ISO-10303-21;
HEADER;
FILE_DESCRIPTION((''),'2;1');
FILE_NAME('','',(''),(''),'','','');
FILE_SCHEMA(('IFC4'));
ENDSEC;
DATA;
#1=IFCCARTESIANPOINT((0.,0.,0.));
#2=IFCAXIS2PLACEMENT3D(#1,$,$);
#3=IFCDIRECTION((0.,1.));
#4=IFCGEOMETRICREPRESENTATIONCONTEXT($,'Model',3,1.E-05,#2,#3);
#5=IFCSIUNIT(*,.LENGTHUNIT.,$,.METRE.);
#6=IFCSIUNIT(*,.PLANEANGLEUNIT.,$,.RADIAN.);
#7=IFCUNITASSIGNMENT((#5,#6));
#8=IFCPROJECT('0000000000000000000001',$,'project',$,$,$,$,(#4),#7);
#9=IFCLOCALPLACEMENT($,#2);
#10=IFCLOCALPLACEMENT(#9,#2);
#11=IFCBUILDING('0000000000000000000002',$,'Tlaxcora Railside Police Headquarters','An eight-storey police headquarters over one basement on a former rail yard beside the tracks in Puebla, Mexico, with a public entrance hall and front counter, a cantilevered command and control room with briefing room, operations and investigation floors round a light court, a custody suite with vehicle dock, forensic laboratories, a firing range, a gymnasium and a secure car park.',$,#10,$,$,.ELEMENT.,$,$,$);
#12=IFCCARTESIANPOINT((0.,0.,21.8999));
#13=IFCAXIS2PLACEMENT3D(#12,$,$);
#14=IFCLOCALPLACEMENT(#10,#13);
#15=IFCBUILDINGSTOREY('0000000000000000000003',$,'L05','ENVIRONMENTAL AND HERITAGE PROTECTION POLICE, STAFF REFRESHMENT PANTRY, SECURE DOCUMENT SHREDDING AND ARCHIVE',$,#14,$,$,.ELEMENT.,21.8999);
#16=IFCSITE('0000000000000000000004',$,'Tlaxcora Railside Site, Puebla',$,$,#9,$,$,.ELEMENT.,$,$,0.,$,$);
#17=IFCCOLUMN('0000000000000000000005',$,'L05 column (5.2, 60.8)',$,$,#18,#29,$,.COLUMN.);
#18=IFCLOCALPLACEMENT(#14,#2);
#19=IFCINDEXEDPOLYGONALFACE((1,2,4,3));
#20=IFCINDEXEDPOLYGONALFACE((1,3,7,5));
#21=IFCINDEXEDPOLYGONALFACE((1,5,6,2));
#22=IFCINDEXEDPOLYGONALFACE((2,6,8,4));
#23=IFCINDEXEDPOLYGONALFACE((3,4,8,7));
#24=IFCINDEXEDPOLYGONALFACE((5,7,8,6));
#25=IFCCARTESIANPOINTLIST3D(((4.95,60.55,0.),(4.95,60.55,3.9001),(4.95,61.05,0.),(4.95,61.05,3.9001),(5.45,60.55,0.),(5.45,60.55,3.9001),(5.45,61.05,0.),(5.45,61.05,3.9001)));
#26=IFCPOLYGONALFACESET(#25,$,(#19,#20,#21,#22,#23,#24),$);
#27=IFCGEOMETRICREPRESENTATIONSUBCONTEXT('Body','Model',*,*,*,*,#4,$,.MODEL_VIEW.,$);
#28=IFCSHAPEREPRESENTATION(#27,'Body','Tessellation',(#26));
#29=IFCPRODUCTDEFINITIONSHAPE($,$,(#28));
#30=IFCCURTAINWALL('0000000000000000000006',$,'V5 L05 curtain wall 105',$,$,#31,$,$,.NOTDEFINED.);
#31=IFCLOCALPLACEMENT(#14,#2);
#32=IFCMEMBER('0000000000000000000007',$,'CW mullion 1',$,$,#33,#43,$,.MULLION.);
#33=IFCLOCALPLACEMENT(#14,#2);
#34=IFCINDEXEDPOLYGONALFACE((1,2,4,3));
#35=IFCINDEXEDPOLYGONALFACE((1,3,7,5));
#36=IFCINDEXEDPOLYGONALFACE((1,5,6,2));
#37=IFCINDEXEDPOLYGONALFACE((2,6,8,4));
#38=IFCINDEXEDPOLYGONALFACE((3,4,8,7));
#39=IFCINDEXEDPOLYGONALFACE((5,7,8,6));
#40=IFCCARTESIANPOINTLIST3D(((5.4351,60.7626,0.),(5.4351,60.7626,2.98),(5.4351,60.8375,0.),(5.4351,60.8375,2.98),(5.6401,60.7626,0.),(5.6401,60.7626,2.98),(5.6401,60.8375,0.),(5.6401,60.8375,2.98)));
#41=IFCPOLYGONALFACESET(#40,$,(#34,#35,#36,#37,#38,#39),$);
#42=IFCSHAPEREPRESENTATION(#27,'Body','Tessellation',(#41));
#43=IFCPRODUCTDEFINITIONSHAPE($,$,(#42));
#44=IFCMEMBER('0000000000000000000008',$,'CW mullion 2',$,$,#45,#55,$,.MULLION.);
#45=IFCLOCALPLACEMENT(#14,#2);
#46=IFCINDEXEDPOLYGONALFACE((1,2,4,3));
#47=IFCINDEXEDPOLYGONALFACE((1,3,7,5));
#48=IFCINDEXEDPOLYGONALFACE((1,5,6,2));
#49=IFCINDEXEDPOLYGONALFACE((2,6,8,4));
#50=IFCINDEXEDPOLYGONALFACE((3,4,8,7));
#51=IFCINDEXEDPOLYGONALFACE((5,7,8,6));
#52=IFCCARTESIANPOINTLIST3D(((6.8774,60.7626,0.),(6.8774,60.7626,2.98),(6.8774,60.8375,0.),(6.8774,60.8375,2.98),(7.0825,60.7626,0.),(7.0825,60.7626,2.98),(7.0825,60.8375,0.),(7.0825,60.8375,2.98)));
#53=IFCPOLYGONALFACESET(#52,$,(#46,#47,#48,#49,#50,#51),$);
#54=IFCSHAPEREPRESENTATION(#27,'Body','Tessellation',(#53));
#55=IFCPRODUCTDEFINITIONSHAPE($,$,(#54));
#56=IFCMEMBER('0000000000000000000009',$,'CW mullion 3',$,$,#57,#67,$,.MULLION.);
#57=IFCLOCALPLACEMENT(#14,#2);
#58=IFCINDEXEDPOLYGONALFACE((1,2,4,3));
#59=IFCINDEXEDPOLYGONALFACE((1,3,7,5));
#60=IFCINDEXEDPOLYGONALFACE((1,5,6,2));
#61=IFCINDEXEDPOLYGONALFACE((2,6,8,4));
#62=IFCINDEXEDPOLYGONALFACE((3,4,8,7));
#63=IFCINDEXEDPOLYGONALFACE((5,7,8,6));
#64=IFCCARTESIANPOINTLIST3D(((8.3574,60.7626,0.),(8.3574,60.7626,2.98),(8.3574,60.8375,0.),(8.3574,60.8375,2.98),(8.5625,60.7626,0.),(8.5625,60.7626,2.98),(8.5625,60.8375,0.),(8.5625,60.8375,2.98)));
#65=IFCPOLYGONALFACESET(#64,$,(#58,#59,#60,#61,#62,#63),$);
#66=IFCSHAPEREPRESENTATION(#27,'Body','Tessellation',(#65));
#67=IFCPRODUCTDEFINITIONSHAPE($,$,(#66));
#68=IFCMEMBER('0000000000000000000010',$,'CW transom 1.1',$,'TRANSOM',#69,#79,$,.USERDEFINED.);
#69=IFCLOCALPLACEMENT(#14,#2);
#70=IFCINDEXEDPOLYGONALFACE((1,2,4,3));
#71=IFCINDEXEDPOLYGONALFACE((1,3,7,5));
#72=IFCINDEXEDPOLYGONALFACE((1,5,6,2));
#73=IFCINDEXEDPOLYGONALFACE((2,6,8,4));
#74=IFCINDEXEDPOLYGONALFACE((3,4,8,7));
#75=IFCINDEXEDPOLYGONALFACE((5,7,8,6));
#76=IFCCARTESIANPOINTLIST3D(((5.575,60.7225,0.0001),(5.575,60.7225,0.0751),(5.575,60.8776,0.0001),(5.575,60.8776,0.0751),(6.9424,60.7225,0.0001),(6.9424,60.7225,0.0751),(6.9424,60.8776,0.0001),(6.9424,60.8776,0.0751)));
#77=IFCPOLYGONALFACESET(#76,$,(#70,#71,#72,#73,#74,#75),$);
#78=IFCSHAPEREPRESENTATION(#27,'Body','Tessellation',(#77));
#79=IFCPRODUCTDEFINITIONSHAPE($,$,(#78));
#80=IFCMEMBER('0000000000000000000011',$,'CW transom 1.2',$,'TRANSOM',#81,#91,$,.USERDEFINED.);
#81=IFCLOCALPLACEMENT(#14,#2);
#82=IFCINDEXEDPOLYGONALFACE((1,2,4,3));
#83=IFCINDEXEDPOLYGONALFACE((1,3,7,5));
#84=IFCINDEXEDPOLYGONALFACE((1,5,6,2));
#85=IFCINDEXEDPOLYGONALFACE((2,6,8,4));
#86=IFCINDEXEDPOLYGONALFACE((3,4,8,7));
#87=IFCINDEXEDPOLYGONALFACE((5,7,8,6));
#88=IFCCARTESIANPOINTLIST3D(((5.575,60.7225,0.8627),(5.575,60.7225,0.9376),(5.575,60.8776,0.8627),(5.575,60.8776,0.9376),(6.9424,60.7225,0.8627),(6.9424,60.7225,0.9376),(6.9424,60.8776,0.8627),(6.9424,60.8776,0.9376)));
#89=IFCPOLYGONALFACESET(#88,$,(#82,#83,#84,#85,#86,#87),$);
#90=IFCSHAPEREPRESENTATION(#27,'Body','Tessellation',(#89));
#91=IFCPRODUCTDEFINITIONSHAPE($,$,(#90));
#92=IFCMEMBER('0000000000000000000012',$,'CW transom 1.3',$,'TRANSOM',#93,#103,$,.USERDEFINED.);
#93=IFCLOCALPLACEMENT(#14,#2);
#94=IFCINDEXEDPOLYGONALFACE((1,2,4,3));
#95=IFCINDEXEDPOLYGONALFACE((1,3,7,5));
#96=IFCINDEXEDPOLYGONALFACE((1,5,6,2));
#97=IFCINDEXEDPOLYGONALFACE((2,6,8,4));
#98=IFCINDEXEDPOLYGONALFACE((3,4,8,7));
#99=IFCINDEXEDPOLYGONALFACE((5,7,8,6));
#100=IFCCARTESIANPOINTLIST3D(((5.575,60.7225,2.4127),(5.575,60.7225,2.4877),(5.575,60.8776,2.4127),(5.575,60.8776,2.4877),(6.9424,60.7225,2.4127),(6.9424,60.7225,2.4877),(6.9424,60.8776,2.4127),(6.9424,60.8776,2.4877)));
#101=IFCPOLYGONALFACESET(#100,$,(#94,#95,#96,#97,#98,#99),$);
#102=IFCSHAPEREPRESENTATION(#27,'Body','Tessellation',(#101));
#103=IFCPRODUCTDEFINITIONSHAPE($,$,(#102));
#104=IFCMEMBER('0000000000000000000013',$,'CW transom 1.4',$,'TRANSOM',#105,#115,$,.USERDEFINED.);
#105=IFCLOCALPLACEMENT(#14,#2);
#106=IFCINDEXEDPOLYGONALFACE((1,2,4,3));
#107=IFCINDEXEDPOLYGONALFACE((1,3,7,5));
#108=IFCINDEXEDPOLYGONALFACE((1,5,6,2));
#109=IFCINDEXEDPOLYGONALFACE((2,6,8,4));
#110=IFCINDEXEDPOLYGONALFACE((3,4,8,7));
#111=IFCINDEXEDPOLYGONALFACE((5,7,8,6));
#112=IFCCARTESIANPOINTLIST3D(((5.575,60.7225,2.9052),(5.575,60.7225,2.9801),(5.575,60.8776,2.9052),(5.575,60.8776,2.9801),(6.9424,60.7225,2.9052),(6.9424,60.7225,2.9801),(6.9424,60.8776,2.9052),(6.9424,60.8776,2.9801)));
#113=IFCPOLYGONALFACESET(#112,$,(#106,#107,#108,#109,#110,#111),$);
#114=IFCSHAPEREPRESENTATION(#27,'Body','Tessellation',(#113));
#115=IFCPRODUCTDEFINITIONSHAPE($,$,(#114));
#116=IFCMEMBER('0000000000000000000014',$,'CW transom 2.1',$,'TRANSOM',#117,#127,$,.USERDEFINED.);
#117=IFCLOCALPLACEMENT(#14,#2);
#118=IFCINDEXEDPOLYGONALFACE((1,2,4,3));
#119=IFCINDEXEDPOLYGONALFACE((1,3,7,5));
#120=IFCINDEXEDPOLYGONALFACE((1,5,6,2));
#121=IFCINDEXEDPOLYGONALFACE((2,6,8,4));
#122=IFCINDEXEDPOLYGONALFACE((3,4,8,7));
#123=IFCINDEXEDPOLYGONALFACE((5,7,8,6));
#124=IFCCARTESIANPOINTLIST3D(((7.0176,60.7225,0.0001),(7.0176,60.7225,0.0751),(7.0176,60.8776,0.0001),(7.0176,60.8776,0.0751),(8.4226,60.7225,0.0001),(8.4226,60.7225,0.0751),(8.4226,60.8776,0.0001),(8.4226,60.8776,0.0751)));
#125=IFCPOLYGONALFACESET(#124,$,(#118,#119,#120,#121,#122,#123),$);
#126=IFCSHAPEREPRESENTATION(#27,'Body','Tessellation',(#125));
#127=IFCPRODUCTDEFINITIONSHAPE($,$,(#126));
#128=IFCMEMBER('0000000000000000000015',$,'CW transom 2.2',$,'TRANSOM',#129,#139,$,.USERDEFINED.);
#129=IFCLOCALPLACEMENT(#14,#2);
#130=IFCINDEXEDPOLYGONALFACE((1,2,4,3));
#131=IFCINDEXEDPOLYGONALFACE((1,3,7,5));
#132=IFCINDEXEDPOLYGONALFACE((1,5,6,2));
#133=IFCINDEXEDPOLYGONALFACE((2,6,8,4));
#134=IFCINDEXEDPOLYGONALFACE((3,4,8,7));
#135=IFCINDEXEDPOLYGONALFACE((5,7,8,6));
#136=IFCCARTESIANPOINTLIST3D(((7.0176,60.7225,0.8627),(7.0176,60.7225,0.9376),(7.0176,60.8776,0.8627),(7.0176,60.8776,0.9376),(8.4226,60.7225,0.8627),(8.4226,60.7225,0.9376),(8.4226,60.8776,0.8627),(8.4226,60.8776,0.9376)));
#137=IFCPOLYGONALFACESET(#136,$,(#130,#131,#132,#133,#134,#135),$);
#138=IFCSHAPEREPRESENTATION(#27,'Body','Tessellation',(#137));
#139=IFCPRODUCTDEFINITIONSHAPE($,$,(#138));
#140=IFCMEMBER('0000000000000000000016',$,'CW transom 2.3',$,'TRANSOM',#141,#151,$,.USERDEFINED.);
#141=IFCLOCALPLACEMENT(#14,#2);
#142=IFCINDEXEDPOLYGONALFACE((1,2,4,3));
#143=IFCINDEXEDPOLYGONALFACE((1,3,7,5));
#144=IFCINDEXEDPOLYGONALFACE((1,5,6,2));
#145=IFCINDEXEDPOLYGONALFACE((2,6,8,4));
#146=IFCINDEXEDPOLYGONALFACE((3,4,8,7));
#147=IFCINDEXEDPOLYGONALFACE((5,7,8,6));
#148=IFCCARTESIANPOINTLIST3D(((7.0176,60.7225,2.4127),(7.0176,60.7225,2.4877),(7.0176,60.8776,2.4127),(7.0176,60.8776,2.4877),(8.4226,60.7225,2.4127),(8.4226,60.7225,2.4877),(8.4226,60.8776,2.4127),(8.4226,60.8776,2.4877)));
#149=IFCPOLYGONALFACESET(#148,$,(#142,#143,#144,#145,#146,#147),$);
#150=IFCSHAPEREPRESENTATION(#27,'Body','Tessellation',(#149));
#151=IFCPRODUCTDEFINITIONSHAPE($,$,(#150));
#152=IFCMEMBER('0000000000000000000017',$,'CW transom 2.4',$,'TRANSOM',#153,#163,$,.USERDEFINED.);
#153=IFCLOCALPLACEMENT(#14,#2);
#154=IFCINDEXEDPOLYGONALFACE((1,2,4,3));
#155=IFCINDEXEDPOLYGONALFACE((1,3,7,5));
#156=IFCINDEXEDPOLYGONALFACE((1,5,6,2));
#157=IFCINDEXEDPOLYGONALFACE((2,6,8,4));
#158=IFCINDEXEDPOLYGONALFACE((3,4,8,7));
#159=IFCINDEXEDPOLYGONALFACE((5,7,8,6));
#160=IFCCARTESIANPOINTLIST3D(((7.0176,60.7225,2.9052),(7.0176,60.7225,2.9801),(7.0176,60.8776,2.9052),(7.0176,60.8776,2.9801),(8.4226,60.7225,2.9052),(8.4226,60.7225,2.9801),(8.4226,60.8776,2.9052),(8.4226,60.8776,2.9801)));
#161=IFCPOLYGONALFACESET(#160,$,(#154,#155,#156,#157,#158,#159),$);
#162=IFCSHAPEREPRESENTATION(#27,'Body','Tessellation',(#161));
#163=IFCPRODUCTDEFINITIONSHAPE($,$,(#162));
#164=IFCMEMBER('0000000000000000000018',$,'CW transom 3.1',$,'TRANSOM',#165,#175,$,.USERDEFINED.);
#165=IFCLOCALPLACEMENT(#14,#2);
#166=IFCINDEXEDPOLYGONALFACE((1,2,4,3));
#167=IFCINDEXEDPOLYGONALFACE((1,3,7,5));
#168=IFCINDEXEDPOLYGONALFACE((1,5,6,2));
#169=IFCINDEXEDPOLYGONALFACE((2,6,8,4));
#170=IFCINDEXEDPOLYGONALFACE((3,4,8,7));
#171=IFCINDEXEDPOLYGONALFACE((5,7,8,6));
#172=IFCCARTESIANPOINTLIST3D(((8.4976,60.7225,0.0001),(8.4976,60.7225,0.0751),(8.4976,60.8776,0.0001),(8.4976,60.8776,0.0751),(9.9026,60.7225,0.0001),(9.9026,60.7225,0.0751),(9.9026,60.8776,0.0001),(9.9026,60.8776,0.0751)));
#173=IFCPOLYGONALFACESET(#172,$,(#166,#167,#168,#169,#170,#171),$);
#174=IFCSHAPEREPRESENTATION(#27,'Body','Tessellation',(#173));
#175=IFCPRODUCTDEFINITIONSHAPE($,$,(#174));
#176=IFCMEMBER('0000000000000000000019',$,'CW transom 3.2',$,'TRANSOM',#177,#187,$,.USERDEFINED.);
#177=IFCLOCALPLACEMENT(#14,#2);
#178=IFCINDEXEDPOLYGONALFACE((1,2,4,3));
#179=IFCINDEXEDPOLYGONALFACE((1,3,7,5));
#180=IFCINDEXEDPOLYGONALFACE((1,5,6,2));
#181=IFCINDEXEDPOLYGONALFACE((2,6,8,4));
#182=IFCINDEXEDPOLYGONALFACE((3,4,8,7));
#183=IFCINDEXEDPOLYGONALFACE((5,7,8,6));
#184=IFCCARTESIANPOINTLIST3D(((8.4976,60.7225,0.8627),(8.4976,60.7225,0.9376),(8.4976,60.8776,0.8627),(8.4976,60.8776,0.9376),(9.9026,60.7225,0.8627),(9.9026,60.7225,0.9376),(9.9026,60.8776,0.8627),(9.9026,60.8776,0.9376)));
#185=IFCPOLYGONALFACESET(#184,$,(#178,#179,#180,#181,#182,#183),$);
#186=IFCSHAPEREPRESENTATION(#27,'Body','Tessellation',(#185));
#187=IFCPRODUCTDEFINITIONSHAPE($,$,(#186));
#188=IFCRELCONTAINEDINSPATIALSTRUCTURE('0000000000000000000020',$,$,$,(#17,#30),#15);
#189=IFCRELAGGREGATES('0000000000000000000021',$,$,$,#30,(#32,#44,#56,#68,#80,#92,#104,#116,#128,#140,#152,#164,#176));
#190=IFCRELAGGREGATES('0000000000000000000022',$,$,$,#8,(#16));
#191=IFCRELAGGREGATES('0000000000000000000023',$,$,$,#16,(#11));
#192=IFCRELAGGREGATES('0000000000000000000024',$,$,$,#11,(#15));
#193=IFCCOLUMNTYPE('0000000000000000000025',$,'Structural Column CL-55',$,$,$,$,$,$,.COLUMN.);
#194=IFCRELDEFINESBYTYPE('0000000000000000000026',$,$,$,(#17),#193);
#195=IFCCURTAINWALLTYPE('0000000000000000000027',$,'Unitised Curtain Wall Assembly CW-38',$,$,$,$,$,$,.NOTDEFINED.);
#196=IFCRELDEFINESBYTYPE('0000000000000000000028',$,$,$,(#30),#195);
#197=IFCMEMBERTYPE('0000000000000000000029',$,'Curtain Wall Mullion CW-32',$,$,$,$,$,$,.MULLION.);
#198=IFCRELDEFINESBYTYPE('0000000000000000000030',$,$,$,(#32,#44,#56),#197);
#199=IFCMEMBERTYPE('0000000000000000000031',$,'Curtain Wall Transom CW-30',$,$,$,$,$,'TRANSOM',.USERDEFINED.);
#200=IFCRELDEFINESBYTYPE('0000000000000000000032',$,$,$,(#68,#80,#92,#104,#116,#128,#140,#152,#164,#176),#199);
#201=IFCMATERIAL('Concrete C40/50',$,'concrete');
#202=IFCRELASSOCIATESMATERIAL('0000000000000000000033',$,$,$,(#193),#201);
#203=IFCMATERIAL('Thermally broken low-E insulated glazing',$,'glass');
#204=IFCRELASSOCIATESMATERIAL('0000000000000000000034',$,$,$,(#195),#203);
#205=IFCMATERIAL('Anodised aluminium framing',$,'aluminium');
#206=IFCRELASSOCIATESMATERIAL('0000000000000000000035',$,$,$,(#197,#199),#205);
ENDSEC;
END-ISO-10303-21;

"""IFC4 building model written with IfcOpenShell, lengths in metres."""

from ifc_helpers import new_model, si_unit, direction, frame, origin, origin_2d, place, context, subcontext, project, spatial, rectangle, extrude, material, material_profile, profile_set, type_object, element, aggregate, save


model = new_model("IFC4")

# Units and contexts
model_context = context("Model", 3, precision=1e-05, world=origin(), true_north=direction((0.0, 1.0)))
body_context = subcontext(model_context, "Body", "Model", "MODEL_VIEW")
ifc_project = project(units=[si_unit("LENGTHUNIT", "METRE"), si_unit("PLANEANGLEUNIT", "RADIAN")], contexts=[model_context])

# Site, building, storey
site_placement = place(None, origin())
site = spatial("IfcSite", under=ifc_project, at=site_placement, Name="Tlaxcora Railside Site, Puebla", CompositionType="ELEMENT", RefElevation=0.0)
building_placement = place(site_placement, origin())
building = spatial("IfcBuilding", under=site, at=building_placement, Name="Tlaxcora Railside Police Headquarters", Description="An eight-storey police headquarters over one basement on a former rail yard beside the tracks in Puebla, Mexico, with a public entrance hall and front counter, a cantilevered command and control room with briefing room, operations and investigation floors round a light court, a custody suite with vehicle dock, forensic laboratories, a firing range, a gymnasium and a secure car park.", CompositionType="ELEMENT")
storey_placement = place(building_placement, frame((0.0, 0.0, 21.8999)))
storey = spatial("IfcBuildingStorey", under=building, at=storey_placement, Name="L05", Description="ENVIRONMENTAL AND HERITAGE PROTECTION POLICE, STAFF REFRESHMENT PANTRY, SECURE DOCUMENT SHREDDING AND ARCHIVE", CompositionType="ELEMENT", Elevation=21.8999)

# Column
ifc_material_1 = material(Name="Concrete C40/50", Category="concrete")
ifc_material_profile_1 = material_profile(ifc_material_1, rectangle(XDim=0.5, YDim=0.5, at=origin_2d()), Name="RC500X500")
ifc_profile_set_1 = profile_set([ifc_material_profile_1], Name="Concrete C40/50")
column_type = type_object("IfcColumnType", Name="Structural Column CL-55", PredefinedType="COLUMN", material=ifc_profile_set_1)
column_placement = place(storey_placement, frame((5.2, 60.8, 0.0), z_axis=(0.0, 0.0, 1.0), x_axis=(1.0, 0.0, 0.0)))
element("IfcColumn", 1, at=column_placement, inside=storey, type_object=column_type, Name="L05 column (5.2, 60.8)", PredefinedType="COLUMN", context=body_context, shape_type="SweptSolid", body=[
    extrude(rectangle(XDim=0.5, YDim=0.5, at=origin_2d()), origin(), (0.0, 0.0, 1.0), 3.9001),
])

# Curtain wall, members
ifc_material_2 = material(Name="Thermally broken low-E insulated glazing", Category="glass")
curtain_wall_type = type_object("IfcCurtainWallType", Name="Unitised Curtain Wall Assembly CW-38", PredefinedType="NOTDEFINED", material=ifc_material_2)
curtain_wall_placement = place(storey_placement, origin())
curtain_wall = element("IfcCurtainWall", 2, at=curtain_wall_placement, inside=storey, type_object=curtain_wall_type, Name="V5 L05 curtain wall 105", PredefinedType="NOTDEFINED")
ifc_material_3 = material(Name="Anodised aluminium framing", Category="aluminium")
ifc_material_profile_2 = material_profile(ifc_material_3, rectangle(XDim=0.075, YDim=0.2051, at=origin_2d()), Name="AL75X205")
ifc_profile_set_2 = profile_set([ifc_material_profile_2], Name="Anodised aluminium framing")
member_type_1 = type_object("IfcMemberType", Name="Curtain Wall Mullion CW-32", PredefinedType="MULLION", material=ifc_profile_set_2)
member_1_placement = place(storey_placement, frame((5.5376, 60.8, 0.0), z_axis=(0.0, 0.0, 1.0), x_axis=(0.0, 1.0, 0.0)))
member_1 = element("IfcMember", 3, at=member_1_placement, type_object=member_type_1, Name="CW mullion 1", PredefinedType="MULLION", context=body_context, shape_type="SweptSolid", body=[
    extrude(rectangle(XDim=0.075, YDim=0.2051, at=origin_2d()), origin(), (0.0, 0.0, 1.0), 2.98),
])
member_2_placement = place(storey_placement, frame((6.98, 60.8, 0.0), z_axis=(0.0, 0.0, 1.0), x_axis=(0.0, 1.0, 0.0)))
member_2 = element("IfcMember", 4, at=member_2_placement, type_object=member_type_1, Name="CW mullion 2", PredefinedType="MULLION", context=body_context, shape_type="SweptSolid", body=[
    extrude(rectangle(XDim=0.075, YDim=0.2051, at=origin_2d()), origin(), (0.0, 0.0, 1.0), 2.98),
])
member_3_placement = place(storey_placement, frame((8.46, 60.8, 0.0), z_axis=(0.0, 0.0, 1.0), x_axis=(0.0, 1.0, 0.0)))
member_3 = element("IfcMember", 5, at=member_3_placement, type_object=member_type_1, Name="CW mullion 3", PredefinedType="MULLION", context=body_context, shape_type="SweptSolid", body=[
    extrude(rectangle(XDim=0.075, YDim=0.2051, at=origin_2d()), origin(), (0.0, 0.0, 1.0), 2.98),
])
ifc_material_profile_3 = material_profile(ifc_material_3, rectangle(XDim=0.155, YDim=0.075, at=origin_2d()), Name="AL75X155")
ifc_profile_set_3 = profile_set([ifc_material_profile_3], Name="Anodised aluminium framing")
member_type_2 = type_object("IfcMemberType", Name="Curtain Wall Transom CW-30", ElementType="TRANSOM", PredefinedType="USERDEFINED", material=ifc_profile_set_3)
member_4_placement = place(storey_placement, frame((5.575, 60.8, 0.0376), z_axis=(1.0, 0.0, 0.0), x_axis=(0.0, 1.0, 0.0)))
member_4 = element("IfcMember", 6, at=member_4_placement, type_object=member_type_2, Name="CW transom 1.1", ObjectType="TRANSOM", PredefinedType="USERDEFINED", context=body_context, shape_type="SweptSolid", body=[
    extrude(rectangle(XDim=0.155, YDim=0.075, at=origin_2d()), origin(), (0.0, 0.0, 1.0), 1.3674),
])
member_5_placement = place(storey_placement, frame((5.575, 60.8, 0.9001), z_axis=(1.0, 0.0, 0.0), x_axis=(0.0, 1.0, 0.0)))
member_5 = element("IfcMember", 7, at=member_5_placement, type_object=member_type_2, Name="CW transom 1.2", ObjectType="TRANSOM", PredefinedType="USERDEFINED", context=body_context, shape_type="SweptSolid", body=[
    extrude(rectangle(XDim=0.155, YDim=0.075, at=origin_2d()), origin(), (0.0, 0.0, 1.0), 1.3674),
])
member_6_placement = place(storey_placement, frame((5.575, 60.8, 2.4502), z_axis=(1.0, 0.0, 0.0), x_axis=(0.0, 1.0, 0.0)))
member_6 = element("IfcMember", 8, at=member_6_placement, type_object=member_type_2, Name="CW transom 1.3", ObjectType="TRANSOM", PredefinedType="USERDEFINED", context=body_context, shape_type="SweptSolid", body=[
    extrude(rectangle(XDim=0.155, YDim=0.075, at=origin_2d()), origin(), (0.0, 0.0, 1.0), 1.3674),
])
member_7_placement = place(storey_placement, frame((5.575, 60.8, 2.9426), z_axis=(1.0, 0.0, 0.0), x_axis=(0.0, 1.0, 0.0)))
member_7 = element("IfcMember", 9, at=member_7_placement, type_object=member_type_2, Name="CW transom 1.4", ObjectType="TRANSOM", PredefinedType="USERDEFINED", context=body_context, shape_type="SweptSolid", body=[
    extrude(rectangle(XDim=0.155, YDim=0.075, at=origin_2d()), origin(), (0.0, 0.0, 1.0), 1.3674),
])
member_8_placement = place(storey_placement, frame((7.0176, 60.8, 0.0376), z_axis=(1.0, 0.0, 0.0), x_axis=(0.0, 1.0, 0.0)))
member_8 = element("IfcMember", 10, at=member_8_placement, type_object=member_type_2, Name="CW transom 2.1", ObjectType="TRANSOM", PredefinedType="USERDEFINED", context=body_context, shape_type="SweptSolid", body=[
    extrude(rectangle(XDim=0.155, YDim=0.075, at=origin_2d()), origin(), (0.0, 0.0, 1.0), 1.405),
])
member_9_placement = place(storey_placement, frame((7.0176, 60.8, 0.9001), z_axis=(1.0, 0.0, 0.0), x_axis=(0.0, 1.0, 0.0)))
member_9 = element("IfcMember", 11, at=member_9_placement, type_object=member_type_2, Name="CW transom 2.2", ObjectType="TRANSOM", PredefinedType="USERDEFINED", context=body_context, shape_type="SweptSolid", body=[
    extrude(rectangle(XDim=0.155, YDim=0.075, at=origin_2d()), origin(), (0.0, 0.0, 1.0), 1.405),
])
member_10_placement = place(storey_placement, frame((7.0176, 60.8, 2.4502), z_axis=(1.0, 0.0, 0.0), x_axis=(0.0, 1.0, 0.0)))
member_10 = element("IfcMember", 12, at=member_10_placement, type_object=member_type_2, Name="CW transom 2.3", ObjectType="TRANSOM", PredefinedType="USERDEFINED", context=body_context, shape_type="SweptSolid", body=[
    extrude(rectangle(XDim=0.155, YDim=0.075, at=origin_2d()), origin(), (0.0, 0.0, 1.0), 1.405),
])
member_11_placement = place(storey_placement, frame((7.0176, 60.8, 2.9426), z_axis=(1.0, 0.0, 0.0), x_axis=(0.0, 1.0, 0.0)))
member_11 = element("IfcMember", 13, at=member_11_placement, type_object=member_type_2, Name="CW transom 2.4", ObjectType="TRANSOM", PredefinedType="USERDEFINED", context=body_context, shape_type="SweptSolid", body=[
    extrude(rectangle(XDim=0.155, YDim=0.075, at=origin_2d()), origin(), (0.0, 0.0, 1.0), 1.405),
])
member_12_placement = place(storey_placement, frame((8.4976, 60.8, 0.0376), z_axis=(1.0, 0.0, 0.0), x_axis=(0.0, 1.0, 0.0)))
member_12 = element("IfcMember", 14, at=member_12_placement, type_object=member_type_2, Name="CW transom 3.1", ObjectType="TRANSOM", PredefinedType="USERDEFINED", context=body_context, shape_type="SweptSolid", body=[
    extrude(rectangle(XDim=0.155, YDim=0.075, at=origin_2d()), origin(), (0.0, 0.0, 1.0), 1.405),
])
member_13_placement = place(storey_placement, frame((8.4976, 60.8, 0.9001), z_axis=(1.0, 0.0, 0.0), x_axis=(0.0, 1.0, 0.0)))
member_13 = element("IfcMember", 15, at=member_13_placement, type_object=member_type_2, Name="CW transom 3.2", ObjectType="TRANSOM", PredefinedType="USERDEFINED", context=body_context, shape_type="SweptSolid", body=[
    extrude(rectangle(XDim=0.155, YDim=0.075, at=origin_2d()), origin(), (0.0, 0.0, 1.0), 1.405),
])

aggregate(curtain_wall, [member_1, member_2, member_3, member_4, member_5, member_6, member_7, member_8, member_9, member_10, member_11, member_12, member_13])

save(model, "model.ifc")
